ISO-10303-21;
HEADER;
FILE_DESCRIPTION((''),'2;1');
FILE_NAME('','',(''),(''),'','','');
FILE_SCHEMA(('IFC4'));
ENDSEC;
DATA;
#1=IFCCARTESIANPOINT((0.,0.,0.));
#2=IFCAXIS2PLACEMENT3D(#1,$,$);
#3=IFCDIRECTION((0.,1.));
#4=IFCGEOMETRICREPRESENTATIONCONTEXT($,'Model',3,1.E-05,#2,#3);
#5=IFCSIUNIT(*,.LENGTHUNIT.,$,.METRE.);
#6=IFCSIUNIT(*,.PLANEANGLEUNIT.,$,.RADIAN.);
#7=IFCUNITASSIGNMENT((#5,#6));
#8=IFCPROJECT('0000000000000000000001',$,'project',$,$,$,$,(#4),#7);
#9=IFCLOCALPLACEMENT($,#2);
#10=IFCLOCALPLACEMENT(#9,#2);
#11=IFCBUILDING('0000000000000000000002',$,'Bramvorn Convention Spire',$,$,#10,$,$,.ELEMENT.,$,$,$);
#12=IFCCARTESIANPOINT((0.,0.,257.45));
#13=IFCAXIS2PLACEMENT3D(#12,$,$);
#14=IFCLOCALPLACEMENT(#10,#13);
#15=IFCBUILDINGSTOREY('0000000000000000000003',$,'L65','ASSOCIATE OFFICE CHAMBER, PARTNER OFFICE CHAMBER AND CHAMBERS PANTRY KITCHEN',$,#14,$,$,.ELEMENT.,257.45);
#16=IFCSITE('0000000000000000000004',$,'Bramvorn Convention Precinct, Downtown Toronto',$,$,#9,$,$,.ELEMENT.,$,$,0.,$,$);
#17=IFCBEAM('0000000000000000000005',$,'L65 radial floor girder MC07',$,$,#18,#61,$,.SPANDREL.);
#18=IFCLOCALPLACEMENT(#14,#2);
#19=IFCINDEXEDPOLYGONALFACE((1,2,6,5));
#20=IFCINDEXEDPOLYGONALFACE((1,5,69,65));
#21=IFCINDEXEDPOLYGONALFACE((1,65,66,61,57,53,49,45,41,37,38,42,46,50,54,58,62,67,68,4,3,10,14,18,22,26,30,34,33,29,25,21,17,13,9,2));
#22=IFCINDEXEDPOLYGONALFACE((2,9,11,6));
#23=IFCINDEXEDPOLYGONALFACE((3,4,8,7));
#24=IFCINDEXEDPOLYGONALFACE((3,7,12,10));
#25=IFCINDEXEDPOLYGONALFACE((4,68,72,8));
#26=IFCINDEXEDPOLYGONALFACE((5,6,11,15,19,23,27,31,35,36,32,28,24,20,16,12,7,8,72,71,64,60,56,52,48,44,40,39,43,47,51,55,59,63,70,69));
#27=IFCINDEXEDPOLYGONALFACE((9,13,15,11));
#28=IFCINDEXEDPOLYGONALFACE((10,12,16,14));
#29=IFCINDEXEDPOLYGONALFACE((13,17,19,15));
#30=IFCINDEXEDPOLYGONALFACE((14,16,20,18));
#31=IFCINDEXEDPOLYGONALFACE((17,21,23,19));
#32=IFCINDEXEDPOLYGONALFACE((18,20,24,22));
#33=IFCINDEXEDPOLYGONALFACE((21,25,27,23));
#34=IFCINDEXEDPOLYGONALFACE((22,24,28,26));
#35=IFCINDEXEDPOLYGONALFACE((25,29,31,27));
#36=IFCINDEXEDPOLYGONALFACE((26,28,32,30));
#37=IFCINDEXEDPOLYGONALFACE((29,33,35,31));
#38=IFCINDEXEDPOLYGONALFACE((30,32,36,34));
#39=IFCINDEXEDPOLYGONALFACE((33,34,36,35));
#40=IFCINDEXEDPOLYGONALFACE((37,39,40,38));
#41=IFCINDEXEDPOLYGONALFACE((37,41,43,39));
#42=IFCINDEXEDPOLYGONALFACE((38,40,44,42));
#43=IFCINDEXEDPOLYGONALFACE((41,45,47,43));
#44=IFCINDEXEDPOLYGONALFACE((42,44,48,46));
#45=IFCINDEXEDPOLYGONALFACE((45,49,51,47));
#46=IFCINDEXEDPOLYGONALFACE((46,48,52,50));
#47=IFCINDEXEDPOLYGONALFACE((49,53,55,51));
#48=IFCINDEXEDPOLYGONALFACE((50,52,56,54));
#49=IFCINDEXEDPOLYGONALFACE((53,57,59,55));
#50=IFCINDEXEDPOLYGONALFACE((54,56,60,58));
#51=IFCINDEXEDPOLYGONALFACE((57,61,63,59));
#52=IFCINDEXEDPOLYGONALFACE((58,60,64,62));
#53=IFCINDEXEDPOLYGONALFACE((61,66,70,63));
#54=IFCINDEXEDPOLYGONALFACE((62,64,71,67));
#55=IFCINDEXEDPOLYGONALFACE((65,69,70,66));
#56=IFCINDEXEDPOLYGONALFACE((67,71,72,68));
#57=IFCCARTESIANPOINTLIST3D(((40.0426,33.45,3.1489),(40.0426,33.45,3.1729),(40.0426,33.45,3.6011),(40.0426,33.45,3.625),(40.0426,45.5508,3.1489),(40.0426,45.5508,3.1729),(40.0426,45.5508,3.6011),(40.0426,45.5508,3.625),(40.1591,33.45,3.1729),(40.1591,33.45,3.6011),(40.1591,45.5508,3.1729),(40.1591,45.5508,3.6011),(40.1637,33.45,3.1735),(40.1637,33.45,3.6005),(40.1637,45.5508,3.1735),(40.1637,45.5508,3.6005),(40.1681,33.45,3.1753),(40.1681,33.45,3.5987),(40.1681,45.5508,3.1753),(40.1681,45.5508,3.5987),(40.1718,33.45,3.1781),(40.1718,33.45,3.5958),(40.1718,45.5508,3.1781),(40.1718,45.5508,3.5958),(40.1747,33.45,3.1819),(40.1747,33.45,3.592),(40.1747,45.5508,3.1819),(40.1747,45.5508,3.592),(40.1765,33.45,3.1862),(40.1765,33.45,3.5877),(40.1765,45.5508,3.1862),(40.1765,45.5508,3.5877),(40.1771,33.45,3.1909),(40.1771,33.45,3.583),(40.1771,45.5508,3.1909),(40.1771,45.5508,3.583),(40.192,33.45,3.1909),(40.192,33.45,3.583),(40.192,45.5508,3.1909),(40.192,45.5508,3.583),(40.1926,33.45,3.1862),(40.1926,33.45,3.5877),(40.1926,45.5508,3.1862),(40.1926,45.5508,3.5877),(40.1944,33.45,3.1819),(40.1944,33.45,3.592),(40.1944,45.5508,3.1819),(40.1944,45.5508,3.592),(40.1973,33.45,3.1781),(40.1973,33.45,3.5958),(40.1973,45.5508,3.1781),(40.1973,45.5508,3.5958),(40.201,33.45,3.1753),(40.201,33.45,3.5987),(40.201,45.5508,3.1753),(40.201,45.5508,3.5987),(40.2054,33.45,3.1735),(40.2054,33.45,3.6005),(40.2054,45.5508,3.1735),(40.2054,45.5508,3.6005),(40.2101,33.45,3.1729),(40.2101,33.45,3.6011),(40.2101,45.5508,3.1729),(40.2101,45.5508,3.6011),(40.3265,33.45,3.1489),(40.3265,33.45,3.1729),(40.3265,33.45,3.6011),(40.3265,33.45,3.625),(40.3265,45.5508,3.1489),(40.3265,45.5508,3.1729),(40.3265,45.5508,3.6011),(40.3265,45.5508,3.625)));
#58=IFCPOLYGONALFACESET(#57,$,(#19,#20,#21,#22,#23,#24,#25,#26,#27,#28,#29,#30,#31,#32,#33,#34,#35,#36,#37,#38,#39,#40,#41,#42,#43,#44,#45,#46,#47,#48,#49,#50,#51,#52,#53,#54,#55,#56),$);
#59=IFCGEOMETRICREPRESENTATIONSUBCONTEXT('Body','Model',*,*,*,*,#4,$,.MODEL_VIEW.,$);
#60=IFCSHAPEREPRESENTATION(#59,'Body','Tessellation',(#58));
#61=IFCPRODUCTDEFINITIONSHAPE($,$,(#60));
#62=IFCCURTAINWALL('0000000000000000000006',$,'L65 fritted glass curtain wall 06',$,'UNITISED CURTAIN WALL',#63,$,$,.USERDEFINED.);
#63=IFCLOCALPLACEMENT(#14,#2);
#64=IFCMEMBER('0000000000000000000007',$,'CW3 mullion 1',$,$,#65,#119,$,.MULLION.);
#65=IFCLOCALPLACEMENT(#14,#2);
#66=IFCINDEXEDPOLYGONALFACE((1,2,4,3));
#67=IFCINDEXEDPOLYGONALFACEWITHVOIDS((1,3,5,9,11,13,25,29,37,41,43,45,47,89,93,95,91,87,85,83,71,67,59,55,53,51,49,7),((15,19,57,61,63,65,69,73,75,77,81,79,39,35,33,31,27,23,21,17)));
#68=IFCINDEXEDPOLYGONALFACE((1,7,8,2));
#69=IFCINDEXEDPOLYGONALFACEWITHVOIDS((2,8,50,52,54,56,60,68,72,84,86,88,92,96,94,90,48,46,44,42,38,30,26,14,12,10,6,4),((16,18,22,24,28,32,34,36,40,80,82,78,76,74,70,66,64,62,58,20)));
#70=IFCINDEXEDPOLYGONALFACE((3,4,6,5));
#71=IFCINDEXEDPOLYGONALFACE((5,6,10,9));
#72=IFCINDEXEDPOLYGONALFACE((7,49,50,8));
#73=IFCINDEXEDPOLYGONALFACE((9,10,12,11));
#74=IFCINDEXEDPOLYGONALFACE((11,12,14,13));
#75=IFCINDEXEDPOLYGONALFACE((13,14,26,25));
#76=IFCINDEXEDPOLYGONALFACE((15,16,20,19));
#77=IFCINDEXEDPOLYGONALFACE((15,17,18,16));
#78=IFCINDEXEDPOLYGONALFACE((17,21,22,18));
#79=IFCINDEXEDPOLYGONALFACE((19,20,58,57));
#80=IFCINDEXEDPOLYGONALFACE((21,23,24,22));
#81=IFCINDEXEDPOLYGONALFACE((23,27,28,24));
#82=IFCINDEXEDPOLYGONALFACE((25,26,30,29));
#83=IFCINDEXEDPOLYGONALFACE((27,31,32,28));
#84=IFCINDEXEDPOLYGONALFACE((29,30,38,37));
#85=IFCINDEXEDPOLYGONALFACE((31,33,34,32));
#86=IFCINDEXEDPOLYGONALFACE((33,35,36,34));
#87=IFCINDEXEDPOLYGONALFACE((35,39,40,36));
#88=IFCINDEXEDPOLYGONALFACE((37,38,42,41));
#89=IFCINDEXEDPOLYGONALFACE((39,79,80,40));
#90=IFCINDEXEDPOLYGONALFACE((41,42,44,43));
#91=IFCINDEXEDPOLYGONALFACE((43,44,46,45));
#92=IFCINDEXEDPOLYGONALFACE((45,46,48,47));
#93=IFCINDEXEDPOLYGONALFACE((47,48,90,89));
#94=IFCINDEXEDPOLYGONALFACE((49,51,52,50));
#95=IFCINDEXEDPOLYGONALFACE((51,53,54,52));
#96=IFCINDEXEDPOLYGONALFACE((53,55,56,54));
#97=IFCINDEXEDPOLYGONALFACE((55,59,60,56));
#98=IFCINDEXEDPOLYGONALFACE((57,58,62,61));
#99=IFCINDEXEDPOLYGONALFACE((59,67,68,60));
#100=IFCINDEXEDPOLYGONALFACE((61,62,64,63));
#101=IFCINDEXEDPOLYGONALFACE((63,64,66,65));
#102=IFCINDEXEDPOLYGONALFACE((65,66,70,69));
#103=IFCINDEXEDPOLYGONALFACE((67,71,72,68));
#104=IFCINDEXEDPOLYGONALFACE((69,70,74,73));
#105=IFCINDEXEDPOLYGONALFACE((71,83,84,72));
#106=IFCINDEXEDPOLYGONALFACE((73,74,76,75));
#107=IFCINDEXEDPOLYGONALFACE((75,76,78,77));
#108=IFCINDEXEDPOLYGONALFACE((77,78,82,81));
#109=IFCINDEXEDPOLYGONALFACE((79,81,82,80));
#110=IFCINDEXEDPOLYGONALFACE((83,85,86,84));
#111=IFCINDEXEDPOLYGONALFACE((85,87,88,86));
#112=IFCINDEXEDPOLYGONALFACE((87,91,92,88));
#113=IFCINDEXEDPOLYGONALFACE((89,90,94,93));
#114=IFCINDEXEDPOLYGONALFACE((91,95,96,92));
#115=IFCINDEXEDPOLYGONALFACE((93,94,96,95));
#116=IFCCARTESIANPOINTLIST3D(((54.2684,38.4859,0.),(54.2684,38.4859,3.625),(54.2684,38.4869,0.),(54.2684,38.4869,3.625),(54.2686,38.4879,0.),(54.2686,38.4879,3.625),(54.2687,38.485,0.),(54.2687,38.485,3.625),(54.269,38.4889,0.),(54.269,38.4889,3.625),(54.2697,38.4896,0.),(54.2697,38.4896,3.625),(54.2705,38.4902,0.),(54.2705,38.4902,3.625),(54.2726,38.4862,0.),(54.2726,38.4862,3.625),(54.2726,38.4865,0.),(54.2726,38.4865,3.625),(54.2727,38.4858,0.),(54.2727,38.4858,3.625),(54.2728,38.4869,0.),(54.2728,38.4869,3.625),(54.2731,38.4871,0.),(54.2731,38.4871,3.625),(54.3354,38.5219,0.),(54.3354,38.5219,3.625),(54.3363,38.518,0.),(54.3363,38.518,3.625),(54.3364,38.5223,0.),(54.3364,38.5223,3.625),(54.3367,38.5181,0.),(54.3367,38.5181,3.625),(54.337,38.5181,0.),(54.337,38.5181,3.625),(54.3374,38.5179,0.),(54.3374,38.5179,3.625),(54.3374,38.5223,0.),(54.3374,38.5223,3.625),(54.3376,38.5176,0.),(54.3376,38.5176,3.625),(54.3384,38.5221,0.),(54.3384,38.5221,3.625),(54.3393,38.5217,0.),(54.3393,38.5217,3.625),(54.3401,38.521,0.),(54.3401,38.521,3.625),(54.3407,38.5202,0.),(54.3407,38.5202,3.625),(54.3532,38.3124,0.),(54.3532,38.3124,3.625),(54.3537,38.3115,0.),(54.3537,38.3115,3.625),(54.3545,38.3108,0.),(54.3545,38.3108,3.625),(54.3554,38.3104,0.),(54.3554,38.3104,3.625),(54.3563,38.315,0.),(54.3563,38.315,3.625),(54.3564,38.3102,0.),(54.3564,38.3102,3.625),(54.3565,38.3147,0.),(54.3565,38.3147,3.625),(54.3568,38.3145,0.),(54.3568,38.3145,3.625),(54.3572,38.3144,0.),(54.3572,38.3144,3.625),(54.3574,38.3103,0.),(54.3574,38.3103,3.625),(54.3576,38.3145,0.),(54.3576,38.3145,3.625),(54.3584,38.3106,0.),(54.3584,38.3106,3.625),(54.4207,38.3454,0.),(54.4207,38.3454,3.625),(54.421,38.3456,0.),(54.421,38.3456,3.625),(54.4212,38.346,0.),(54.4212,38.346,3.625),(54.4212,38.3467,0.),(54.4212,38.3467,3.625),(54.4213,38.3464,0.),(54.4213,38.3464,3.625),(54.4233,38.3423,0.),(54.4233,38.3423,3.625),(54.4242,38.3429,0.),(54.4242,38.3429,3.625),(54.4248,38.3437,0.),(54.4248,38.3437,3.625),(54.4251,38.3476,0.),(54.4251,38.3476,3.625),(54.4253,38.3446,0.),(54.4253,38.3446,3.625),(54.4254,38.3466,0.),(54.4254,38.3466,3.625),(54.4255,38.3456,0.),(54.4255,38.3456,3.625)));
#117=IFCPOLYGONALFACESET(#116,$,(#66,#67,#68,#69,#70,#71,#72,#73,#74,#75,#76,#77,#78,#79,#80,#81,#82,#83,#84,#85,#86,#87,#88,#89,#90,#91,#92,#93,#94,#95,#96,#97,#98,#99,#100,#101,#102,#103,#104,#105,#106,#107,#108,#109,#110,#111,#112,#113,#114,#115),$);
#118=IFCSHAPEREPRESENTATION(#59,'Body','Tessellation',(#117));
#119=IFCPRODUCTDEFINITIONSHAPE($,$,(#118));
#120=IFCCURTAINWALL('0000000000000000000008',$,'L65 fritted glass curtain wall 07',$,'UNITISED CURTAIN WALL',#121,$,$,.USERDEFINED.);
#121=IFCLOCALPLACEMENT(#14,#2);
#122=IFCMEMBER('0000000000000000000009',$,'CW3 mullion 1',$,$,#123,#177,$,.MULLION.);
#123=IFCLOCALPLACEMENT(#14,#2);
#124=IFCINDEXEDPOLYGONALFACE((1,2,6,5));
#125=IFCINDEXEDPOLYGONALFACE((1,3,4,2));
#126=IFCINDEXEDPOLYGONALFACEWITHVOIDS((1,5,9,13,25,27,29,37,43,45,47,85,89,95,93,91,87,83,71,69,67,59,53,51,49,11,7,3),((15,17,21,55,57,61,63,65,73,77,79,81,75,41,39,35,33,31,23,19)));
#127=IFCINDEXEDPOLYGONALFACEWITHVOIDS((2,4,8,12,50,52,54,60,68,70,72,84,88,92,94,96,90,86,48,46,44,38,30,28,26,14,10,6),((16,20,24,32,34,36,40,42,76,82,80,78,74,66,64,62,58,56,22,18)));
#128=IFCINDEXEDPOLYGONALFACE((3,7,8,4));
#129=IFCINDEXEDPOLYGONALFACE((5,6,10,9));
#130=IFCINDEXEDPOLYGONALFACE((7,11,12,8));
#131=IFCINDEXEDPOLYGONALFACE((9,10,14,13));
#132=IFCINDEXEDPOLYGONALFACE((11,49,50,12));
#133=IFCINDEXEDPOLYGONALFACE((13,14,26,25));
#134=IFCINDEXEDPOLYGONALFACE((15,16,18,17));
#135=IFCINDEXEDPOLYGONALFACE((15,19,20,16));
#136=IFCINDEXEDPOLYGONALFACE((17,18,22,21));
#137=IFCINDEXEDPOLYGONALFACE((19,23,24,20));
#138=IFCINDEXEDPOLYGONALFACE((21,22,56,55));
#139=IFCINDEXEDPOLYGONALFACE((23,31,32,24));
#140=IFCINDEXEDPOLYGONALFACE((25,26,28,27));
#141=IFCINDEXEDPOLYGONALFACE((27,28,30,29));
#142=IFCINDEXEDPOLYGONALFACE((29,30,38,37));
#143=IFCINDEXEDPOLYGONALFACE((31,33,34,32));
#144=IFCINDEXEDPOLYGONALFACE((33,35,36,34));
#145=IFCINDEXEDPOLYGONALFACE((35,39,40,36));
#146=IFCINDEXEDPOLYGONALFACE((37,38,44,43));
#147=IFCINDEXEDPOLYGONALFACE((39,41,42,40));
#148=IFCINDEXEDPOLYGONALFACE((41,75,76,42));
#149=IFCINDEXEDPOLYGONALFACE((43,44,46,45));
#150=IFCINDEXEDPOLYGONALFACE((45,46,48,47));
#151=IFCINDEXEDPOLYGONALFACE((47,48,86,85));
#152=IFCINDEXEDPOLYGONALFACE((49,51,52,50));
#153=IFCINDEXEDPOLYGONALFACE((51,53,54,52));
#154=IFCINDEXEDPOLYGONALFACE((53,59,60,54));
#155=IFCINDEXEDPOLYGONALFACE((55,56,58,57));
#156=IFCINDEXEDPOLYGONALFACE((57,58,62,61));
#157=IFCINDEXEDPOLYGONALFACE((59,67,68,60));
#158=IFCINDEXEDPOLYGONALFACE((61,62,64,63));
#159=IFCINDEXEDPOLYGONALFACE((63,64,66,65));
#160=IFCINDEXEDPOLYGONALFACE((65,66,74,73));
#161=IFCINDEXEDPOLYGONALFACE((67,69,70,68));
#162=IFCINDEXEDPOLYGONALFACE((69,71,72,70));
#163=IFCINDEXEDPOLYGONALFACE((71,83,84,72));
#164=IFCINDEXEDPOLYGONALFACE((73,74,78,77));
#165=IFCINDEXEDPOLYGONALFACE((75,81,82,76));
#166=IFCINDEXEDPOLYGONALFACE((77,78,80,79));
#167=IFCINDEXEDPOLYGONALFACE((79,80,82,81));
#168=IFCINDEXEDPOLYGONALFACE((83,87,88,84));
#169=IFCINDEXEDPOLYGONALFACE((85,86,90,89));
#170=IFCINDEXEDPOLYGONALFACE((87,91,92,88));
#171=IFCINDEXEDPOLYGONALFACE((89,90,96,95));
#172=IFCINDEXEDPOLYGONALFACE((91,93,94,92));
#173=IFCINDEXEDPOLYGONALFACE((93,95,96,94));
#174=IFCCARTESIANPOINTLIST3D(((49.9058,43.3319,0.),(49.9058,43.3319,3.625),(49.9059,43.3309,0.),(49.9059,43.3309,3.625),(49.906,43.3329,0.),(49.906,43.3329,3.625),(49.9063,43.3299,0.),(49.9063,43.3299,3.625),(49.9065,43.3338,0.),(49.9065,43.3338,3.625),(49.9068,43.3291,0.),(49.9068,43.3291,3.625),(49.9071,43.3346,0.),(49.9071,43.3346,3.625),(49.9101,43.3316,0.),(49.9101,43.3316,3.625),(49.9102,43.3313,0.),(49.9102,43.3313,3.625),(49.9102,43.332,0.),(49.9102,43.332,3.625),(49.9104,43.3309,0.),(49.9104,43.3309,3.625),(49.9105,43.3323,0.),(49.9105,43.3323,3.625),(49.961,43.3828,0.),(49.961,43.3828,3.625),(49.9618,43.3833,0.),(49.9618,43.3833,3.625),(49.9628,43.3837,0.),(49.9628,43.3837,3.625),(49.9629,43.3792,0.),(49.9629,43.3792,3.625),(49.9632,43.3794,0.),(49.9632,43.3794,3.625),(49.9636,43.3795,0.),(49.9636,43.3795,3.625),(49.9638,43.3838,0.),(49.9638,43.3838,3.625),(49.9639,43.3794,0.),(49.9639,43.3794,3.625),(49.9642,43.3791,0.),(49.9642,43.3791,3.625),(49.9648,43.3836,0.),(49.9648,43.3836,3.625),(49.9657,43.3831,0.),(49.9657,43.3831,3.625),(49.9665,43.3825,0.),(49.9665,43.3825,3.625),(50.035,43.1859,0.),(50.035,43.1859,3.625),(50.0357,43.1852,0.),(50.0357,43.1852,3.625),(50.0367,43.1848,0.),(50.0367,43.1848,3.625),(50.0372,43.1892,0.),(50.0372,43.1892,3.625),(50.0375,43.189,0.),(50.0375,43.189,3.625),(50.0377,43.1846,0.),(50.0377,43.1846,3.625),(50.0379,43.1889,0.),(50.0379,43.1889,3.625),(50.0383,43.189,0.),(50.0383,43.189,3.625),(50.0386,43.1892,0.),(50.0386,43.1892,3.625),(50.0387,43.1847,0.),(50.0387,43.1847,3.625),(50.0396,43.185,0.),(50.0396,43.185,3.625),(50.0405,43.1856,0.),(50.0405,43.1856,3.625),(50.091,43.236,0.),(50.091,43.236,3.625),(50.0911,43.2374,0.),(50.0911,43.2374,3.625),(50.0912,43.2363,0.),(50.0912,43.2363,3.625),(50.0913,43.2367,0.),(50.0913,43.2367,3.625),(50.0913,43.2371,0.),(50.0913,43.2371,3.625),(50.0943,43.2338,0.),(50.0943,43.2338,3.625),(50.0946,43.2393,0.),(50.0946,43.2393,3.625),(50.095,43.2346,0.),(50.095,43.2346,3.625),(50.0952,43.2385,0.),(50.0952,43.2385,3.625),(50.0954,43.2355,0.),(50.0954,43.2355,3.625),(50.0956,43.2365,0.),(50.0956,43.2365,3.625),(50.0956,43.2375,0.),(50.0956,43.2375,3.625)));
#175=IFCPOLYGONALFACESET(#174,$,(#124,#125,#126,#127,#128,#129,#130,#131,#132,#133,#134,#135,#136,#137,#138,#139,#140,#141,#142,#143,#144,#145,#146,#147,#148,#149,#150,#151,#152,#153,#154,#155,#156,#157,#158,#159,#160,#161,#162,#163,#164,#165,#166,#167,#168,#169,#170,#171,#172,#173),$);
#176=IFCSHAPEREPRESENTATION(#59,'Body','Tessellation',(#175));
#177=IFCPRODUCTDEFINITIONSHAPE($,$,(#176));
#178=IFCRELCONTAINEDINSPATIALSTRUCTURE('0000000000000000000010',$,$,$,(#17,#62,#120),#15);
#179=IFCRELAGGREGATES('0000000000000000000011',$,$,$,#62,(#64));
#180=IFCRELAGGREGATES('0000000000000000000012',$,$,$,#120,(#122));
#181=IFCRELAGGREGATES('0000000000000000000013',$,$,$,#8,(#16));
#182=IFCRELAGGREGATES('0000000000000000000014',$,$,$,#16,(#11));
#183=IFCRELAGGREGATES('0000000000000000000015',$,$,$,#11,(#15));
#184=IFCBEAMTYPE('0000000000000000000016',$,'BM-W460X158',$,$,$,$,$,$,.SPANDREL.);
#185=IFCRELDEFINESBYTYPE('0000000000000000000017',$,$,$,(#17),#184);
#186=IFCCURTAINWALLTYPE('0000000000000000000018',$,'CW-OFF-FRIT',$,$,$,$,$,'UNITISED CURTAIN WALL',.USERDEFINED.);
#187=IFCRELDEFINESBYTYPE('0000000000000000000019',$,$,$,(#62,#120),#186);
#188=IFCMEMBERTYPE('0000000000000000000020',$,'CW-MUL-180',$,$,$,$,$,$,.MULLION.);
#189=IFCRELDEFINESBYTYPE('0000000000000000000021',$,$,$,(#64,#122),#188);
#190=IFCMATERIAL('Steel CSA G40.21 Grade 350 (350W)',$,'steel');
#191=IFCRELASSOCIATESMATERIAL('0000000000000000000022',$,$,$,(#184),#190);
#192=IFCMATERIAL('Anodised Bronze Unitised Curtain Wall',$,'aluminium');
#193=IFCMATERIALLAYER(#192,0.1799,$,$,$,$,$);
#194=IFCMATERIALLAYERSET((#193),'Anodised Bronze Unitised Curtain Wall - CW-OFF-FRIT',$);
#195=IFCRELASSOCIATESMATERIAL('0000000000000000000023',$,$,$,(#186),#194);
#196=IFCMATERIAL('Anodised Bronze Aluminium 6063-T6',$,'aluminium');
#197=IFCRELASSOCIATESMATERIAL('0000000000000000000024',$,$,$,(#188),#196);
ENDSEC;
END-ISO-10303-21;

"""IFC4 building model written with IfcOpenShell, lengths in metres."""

from ifc_helpers import new_model, si_unit, direction, frame, origin, origin_2d, place, context, subcontext, project, spatial, hollow_rectangle, i_section, extrude, material, layer, layer_set, material_profile, profile_set, type_object, element, aggregate, save


model = new_model("IFC4")

# Units and contexts
model_context = context("Model", 3, precision=1e-05, world=origin(), true_north=direction((0.0, 1.0)))
body_context = subcontext(model_context, "Body", "Model", "MODEL_VIEW")
ifc_project = project(units=[si_unit("LENGTHUNIT", "METRE"), si_unit("PLANEANGLEUNIT", "RADIAN")], contexts=[model_context])

# Site, building, storey
site_placement = place(None, origin())
site = spatial("IfcSite", under=ifc_project, at=site_placement, Name="Bramvorn Convention Precinct, Downtown Toronto", CompositionType="ELEMENT", RefElevation=0.0)
building_placement = place(site_placement, origin())
building = spatial("IfcBuilding", under=site, at=building_placement, Name="Bramvorn Convention Spire", CompositionType="ELEMENT")
storey_placement = place(building_placement, frame((0.0, 0.0, 257.45)))
storey = spatial("IfcBuildingStorey", under=building, at=storey_placement, Name="L65", Description="ASSOCIATE OFFICE CHAMBER, PARTNER OFFICE CHAMBER AND CHAMBERS PANTRY KITCHEN", CompositionType="ELEMENT", Elevation=257.45)

# Shared definitions
ifc_material_1 = material(Name="Steel CSA G40.21 Grade 350 (350W)", Category="steel")

# Beam
ifc_material_profile_1 = material_profile(ifc_material_1, i_section(OverallWidth=0.2839, OverallDepth=0.4761, WebThickness=0.0149, FlangeThickness=0.0239, FilletRadius=0.0181, at=origin_2d()))
ifc_profile_set_1 = profile_set([ifc_material_profile_1], Name="Steel CSA G40.21 Grade 350 (350W) - W460X158")
beam_type_1 = type_object("IfcBeamType", Name="BM-W460X158", PredefinedType="SPANDREL", material=ifc_profile_set_1)
beam_1_placement = place(storey_placement, frame((40.1846, 33.45, 3.387), z_axis=(0.0, 1.0, 0.0), x_axis=(-1.0, 0.0, 0.0)))
element("IfcBeam", 1, at=beam_1_placement, inside=storey, type_object=beam_type_1, Name="L65 radial floor girder MC07", PredefinedType="SPANDREL", context=body_context, shape_type="SweptSolid", body=[
    extrude(i_section(OverallWidth=0.2839, OverallDepth=0.4761, WebThickness=0.0149, FlangeThickness=0.0239, FilletRadius=0.0181, at=origin_2d()), origin(), (0.0, 0.0, 1.0), 12.1008),
])

# Curtain wall, member
ifc_material_2 = material(Name="Anodised Bronze Unitised Curtain Wall", Category="aluminium")
ifc_layer_1 = layer(ifc_material_2, 0.1799)
ifc_layer_set_1 = layer_set([ifc_layer_1], Name="Anodised Bronze Unitised Curtain Wall - CW-OFF-FRIT")
curtain_wall_type = type_object("IfcCurtainWallType", Name="CW-OFF-FRIT", ElementType="UNITISED CURTAIN WALL", PredefinedType="USERDEFINED", material=ifc_layer_set_1)
curtain_wall_1_placement = place(storey_placement, origin())
curtain_wall_1 = element("IfcCurtainWall", 2, at=curtain_wall_1_placement, inside=storey, type_object=curtain_wall_type, Name="L65 fritted glass curtain wall 06", ObjectType="UNITISED CURTAIN WALL", PredefinedType="USERDEFINED")
ifc_material_3 = material(Name="Anodised Bronze Aluminium 6063-T6", Category="aluminium")
ifc_material_profile_2 = material_profile(ifc_material_3, hollow_rectangle(XDim=0.0801, YDim=0.2, WallThickness=0.0039, InnerFilletRadius=0.001, OuterFilletRadius=0.0039, at=origin_2d()))
ifc_profile_set_2 = profile_set([ifc_material_profile_2], Name="Anodised Bronze Aluminium 6063-T6 - CWM80X200")
member_type_1 = type_object("IfcMemberType", Name="CW-MUL-180", PredefinedType="MULLION", material=ifc_profile_set_2)
member_1_placement = place(storey_placement, frame((54.3469, 38.4163, 0.0), z_axis=(0.0, 0.0, 1.0), x_axis=(0.898267, 0.439451, 0.0)))
member_1 = element("IfcMember", 3, at=member_1_placement, type_object=member_type_1, Name="CW3 mullion 1", PredefinedType="MULLION", context=body_context, shape_type="SweptSolid", body=[
    extrude(hollow_rectangle(XDim=0.0801, YDim=0.2, WallThickness=0.0039, InnerFilletRadius=0.001, OuterFilletRadius=0.0039, at=origin_2d()), origin(), (0.0, 0.0, 1.0), 3.625),
])

# Curtain wall, member
curtain_wall_2_placement = place(storey_placement, origin())
curtain_wall_2 = element("IfcCurtainWall", 4, at=curtain_wall_2_placement, inside=storey, type_object=curtain_wall_type, Name="L65 fritted glass curtain wall 07", ObjectType="UNITISED CURTAIN WALL", PredefinedType="USERDEFINED")
member_2_placement = place(storey_placement, frame((50.0007, 43.2842, 0.0), z_axis=(0.0, 0.0, 1.0), x_axis=(0.74511, 0.666942, 0.0)))
member_2 = element("IfcMember", 5, at=member_2_placement, type_object=member_type_1, Name="CW3 mullion 1", PredefinedType="MULLION", context=body_context, shape_type="SweptSolid", body=[
    extrude(hollow_rectangle(XDim=0.0801, YDim=0.2, WallThickness=0.0039, InnerFilletRadius=0.001, OuterFilletRadius=0.0039, at=origin_2d()), origin(), (0.0, 0.0, 1.0), 3.625),
])

aggregate(curtain_wall_1, [member_1])
aggregate(curtain_wall_2, [member_2])

save(model, "model.ifc")
